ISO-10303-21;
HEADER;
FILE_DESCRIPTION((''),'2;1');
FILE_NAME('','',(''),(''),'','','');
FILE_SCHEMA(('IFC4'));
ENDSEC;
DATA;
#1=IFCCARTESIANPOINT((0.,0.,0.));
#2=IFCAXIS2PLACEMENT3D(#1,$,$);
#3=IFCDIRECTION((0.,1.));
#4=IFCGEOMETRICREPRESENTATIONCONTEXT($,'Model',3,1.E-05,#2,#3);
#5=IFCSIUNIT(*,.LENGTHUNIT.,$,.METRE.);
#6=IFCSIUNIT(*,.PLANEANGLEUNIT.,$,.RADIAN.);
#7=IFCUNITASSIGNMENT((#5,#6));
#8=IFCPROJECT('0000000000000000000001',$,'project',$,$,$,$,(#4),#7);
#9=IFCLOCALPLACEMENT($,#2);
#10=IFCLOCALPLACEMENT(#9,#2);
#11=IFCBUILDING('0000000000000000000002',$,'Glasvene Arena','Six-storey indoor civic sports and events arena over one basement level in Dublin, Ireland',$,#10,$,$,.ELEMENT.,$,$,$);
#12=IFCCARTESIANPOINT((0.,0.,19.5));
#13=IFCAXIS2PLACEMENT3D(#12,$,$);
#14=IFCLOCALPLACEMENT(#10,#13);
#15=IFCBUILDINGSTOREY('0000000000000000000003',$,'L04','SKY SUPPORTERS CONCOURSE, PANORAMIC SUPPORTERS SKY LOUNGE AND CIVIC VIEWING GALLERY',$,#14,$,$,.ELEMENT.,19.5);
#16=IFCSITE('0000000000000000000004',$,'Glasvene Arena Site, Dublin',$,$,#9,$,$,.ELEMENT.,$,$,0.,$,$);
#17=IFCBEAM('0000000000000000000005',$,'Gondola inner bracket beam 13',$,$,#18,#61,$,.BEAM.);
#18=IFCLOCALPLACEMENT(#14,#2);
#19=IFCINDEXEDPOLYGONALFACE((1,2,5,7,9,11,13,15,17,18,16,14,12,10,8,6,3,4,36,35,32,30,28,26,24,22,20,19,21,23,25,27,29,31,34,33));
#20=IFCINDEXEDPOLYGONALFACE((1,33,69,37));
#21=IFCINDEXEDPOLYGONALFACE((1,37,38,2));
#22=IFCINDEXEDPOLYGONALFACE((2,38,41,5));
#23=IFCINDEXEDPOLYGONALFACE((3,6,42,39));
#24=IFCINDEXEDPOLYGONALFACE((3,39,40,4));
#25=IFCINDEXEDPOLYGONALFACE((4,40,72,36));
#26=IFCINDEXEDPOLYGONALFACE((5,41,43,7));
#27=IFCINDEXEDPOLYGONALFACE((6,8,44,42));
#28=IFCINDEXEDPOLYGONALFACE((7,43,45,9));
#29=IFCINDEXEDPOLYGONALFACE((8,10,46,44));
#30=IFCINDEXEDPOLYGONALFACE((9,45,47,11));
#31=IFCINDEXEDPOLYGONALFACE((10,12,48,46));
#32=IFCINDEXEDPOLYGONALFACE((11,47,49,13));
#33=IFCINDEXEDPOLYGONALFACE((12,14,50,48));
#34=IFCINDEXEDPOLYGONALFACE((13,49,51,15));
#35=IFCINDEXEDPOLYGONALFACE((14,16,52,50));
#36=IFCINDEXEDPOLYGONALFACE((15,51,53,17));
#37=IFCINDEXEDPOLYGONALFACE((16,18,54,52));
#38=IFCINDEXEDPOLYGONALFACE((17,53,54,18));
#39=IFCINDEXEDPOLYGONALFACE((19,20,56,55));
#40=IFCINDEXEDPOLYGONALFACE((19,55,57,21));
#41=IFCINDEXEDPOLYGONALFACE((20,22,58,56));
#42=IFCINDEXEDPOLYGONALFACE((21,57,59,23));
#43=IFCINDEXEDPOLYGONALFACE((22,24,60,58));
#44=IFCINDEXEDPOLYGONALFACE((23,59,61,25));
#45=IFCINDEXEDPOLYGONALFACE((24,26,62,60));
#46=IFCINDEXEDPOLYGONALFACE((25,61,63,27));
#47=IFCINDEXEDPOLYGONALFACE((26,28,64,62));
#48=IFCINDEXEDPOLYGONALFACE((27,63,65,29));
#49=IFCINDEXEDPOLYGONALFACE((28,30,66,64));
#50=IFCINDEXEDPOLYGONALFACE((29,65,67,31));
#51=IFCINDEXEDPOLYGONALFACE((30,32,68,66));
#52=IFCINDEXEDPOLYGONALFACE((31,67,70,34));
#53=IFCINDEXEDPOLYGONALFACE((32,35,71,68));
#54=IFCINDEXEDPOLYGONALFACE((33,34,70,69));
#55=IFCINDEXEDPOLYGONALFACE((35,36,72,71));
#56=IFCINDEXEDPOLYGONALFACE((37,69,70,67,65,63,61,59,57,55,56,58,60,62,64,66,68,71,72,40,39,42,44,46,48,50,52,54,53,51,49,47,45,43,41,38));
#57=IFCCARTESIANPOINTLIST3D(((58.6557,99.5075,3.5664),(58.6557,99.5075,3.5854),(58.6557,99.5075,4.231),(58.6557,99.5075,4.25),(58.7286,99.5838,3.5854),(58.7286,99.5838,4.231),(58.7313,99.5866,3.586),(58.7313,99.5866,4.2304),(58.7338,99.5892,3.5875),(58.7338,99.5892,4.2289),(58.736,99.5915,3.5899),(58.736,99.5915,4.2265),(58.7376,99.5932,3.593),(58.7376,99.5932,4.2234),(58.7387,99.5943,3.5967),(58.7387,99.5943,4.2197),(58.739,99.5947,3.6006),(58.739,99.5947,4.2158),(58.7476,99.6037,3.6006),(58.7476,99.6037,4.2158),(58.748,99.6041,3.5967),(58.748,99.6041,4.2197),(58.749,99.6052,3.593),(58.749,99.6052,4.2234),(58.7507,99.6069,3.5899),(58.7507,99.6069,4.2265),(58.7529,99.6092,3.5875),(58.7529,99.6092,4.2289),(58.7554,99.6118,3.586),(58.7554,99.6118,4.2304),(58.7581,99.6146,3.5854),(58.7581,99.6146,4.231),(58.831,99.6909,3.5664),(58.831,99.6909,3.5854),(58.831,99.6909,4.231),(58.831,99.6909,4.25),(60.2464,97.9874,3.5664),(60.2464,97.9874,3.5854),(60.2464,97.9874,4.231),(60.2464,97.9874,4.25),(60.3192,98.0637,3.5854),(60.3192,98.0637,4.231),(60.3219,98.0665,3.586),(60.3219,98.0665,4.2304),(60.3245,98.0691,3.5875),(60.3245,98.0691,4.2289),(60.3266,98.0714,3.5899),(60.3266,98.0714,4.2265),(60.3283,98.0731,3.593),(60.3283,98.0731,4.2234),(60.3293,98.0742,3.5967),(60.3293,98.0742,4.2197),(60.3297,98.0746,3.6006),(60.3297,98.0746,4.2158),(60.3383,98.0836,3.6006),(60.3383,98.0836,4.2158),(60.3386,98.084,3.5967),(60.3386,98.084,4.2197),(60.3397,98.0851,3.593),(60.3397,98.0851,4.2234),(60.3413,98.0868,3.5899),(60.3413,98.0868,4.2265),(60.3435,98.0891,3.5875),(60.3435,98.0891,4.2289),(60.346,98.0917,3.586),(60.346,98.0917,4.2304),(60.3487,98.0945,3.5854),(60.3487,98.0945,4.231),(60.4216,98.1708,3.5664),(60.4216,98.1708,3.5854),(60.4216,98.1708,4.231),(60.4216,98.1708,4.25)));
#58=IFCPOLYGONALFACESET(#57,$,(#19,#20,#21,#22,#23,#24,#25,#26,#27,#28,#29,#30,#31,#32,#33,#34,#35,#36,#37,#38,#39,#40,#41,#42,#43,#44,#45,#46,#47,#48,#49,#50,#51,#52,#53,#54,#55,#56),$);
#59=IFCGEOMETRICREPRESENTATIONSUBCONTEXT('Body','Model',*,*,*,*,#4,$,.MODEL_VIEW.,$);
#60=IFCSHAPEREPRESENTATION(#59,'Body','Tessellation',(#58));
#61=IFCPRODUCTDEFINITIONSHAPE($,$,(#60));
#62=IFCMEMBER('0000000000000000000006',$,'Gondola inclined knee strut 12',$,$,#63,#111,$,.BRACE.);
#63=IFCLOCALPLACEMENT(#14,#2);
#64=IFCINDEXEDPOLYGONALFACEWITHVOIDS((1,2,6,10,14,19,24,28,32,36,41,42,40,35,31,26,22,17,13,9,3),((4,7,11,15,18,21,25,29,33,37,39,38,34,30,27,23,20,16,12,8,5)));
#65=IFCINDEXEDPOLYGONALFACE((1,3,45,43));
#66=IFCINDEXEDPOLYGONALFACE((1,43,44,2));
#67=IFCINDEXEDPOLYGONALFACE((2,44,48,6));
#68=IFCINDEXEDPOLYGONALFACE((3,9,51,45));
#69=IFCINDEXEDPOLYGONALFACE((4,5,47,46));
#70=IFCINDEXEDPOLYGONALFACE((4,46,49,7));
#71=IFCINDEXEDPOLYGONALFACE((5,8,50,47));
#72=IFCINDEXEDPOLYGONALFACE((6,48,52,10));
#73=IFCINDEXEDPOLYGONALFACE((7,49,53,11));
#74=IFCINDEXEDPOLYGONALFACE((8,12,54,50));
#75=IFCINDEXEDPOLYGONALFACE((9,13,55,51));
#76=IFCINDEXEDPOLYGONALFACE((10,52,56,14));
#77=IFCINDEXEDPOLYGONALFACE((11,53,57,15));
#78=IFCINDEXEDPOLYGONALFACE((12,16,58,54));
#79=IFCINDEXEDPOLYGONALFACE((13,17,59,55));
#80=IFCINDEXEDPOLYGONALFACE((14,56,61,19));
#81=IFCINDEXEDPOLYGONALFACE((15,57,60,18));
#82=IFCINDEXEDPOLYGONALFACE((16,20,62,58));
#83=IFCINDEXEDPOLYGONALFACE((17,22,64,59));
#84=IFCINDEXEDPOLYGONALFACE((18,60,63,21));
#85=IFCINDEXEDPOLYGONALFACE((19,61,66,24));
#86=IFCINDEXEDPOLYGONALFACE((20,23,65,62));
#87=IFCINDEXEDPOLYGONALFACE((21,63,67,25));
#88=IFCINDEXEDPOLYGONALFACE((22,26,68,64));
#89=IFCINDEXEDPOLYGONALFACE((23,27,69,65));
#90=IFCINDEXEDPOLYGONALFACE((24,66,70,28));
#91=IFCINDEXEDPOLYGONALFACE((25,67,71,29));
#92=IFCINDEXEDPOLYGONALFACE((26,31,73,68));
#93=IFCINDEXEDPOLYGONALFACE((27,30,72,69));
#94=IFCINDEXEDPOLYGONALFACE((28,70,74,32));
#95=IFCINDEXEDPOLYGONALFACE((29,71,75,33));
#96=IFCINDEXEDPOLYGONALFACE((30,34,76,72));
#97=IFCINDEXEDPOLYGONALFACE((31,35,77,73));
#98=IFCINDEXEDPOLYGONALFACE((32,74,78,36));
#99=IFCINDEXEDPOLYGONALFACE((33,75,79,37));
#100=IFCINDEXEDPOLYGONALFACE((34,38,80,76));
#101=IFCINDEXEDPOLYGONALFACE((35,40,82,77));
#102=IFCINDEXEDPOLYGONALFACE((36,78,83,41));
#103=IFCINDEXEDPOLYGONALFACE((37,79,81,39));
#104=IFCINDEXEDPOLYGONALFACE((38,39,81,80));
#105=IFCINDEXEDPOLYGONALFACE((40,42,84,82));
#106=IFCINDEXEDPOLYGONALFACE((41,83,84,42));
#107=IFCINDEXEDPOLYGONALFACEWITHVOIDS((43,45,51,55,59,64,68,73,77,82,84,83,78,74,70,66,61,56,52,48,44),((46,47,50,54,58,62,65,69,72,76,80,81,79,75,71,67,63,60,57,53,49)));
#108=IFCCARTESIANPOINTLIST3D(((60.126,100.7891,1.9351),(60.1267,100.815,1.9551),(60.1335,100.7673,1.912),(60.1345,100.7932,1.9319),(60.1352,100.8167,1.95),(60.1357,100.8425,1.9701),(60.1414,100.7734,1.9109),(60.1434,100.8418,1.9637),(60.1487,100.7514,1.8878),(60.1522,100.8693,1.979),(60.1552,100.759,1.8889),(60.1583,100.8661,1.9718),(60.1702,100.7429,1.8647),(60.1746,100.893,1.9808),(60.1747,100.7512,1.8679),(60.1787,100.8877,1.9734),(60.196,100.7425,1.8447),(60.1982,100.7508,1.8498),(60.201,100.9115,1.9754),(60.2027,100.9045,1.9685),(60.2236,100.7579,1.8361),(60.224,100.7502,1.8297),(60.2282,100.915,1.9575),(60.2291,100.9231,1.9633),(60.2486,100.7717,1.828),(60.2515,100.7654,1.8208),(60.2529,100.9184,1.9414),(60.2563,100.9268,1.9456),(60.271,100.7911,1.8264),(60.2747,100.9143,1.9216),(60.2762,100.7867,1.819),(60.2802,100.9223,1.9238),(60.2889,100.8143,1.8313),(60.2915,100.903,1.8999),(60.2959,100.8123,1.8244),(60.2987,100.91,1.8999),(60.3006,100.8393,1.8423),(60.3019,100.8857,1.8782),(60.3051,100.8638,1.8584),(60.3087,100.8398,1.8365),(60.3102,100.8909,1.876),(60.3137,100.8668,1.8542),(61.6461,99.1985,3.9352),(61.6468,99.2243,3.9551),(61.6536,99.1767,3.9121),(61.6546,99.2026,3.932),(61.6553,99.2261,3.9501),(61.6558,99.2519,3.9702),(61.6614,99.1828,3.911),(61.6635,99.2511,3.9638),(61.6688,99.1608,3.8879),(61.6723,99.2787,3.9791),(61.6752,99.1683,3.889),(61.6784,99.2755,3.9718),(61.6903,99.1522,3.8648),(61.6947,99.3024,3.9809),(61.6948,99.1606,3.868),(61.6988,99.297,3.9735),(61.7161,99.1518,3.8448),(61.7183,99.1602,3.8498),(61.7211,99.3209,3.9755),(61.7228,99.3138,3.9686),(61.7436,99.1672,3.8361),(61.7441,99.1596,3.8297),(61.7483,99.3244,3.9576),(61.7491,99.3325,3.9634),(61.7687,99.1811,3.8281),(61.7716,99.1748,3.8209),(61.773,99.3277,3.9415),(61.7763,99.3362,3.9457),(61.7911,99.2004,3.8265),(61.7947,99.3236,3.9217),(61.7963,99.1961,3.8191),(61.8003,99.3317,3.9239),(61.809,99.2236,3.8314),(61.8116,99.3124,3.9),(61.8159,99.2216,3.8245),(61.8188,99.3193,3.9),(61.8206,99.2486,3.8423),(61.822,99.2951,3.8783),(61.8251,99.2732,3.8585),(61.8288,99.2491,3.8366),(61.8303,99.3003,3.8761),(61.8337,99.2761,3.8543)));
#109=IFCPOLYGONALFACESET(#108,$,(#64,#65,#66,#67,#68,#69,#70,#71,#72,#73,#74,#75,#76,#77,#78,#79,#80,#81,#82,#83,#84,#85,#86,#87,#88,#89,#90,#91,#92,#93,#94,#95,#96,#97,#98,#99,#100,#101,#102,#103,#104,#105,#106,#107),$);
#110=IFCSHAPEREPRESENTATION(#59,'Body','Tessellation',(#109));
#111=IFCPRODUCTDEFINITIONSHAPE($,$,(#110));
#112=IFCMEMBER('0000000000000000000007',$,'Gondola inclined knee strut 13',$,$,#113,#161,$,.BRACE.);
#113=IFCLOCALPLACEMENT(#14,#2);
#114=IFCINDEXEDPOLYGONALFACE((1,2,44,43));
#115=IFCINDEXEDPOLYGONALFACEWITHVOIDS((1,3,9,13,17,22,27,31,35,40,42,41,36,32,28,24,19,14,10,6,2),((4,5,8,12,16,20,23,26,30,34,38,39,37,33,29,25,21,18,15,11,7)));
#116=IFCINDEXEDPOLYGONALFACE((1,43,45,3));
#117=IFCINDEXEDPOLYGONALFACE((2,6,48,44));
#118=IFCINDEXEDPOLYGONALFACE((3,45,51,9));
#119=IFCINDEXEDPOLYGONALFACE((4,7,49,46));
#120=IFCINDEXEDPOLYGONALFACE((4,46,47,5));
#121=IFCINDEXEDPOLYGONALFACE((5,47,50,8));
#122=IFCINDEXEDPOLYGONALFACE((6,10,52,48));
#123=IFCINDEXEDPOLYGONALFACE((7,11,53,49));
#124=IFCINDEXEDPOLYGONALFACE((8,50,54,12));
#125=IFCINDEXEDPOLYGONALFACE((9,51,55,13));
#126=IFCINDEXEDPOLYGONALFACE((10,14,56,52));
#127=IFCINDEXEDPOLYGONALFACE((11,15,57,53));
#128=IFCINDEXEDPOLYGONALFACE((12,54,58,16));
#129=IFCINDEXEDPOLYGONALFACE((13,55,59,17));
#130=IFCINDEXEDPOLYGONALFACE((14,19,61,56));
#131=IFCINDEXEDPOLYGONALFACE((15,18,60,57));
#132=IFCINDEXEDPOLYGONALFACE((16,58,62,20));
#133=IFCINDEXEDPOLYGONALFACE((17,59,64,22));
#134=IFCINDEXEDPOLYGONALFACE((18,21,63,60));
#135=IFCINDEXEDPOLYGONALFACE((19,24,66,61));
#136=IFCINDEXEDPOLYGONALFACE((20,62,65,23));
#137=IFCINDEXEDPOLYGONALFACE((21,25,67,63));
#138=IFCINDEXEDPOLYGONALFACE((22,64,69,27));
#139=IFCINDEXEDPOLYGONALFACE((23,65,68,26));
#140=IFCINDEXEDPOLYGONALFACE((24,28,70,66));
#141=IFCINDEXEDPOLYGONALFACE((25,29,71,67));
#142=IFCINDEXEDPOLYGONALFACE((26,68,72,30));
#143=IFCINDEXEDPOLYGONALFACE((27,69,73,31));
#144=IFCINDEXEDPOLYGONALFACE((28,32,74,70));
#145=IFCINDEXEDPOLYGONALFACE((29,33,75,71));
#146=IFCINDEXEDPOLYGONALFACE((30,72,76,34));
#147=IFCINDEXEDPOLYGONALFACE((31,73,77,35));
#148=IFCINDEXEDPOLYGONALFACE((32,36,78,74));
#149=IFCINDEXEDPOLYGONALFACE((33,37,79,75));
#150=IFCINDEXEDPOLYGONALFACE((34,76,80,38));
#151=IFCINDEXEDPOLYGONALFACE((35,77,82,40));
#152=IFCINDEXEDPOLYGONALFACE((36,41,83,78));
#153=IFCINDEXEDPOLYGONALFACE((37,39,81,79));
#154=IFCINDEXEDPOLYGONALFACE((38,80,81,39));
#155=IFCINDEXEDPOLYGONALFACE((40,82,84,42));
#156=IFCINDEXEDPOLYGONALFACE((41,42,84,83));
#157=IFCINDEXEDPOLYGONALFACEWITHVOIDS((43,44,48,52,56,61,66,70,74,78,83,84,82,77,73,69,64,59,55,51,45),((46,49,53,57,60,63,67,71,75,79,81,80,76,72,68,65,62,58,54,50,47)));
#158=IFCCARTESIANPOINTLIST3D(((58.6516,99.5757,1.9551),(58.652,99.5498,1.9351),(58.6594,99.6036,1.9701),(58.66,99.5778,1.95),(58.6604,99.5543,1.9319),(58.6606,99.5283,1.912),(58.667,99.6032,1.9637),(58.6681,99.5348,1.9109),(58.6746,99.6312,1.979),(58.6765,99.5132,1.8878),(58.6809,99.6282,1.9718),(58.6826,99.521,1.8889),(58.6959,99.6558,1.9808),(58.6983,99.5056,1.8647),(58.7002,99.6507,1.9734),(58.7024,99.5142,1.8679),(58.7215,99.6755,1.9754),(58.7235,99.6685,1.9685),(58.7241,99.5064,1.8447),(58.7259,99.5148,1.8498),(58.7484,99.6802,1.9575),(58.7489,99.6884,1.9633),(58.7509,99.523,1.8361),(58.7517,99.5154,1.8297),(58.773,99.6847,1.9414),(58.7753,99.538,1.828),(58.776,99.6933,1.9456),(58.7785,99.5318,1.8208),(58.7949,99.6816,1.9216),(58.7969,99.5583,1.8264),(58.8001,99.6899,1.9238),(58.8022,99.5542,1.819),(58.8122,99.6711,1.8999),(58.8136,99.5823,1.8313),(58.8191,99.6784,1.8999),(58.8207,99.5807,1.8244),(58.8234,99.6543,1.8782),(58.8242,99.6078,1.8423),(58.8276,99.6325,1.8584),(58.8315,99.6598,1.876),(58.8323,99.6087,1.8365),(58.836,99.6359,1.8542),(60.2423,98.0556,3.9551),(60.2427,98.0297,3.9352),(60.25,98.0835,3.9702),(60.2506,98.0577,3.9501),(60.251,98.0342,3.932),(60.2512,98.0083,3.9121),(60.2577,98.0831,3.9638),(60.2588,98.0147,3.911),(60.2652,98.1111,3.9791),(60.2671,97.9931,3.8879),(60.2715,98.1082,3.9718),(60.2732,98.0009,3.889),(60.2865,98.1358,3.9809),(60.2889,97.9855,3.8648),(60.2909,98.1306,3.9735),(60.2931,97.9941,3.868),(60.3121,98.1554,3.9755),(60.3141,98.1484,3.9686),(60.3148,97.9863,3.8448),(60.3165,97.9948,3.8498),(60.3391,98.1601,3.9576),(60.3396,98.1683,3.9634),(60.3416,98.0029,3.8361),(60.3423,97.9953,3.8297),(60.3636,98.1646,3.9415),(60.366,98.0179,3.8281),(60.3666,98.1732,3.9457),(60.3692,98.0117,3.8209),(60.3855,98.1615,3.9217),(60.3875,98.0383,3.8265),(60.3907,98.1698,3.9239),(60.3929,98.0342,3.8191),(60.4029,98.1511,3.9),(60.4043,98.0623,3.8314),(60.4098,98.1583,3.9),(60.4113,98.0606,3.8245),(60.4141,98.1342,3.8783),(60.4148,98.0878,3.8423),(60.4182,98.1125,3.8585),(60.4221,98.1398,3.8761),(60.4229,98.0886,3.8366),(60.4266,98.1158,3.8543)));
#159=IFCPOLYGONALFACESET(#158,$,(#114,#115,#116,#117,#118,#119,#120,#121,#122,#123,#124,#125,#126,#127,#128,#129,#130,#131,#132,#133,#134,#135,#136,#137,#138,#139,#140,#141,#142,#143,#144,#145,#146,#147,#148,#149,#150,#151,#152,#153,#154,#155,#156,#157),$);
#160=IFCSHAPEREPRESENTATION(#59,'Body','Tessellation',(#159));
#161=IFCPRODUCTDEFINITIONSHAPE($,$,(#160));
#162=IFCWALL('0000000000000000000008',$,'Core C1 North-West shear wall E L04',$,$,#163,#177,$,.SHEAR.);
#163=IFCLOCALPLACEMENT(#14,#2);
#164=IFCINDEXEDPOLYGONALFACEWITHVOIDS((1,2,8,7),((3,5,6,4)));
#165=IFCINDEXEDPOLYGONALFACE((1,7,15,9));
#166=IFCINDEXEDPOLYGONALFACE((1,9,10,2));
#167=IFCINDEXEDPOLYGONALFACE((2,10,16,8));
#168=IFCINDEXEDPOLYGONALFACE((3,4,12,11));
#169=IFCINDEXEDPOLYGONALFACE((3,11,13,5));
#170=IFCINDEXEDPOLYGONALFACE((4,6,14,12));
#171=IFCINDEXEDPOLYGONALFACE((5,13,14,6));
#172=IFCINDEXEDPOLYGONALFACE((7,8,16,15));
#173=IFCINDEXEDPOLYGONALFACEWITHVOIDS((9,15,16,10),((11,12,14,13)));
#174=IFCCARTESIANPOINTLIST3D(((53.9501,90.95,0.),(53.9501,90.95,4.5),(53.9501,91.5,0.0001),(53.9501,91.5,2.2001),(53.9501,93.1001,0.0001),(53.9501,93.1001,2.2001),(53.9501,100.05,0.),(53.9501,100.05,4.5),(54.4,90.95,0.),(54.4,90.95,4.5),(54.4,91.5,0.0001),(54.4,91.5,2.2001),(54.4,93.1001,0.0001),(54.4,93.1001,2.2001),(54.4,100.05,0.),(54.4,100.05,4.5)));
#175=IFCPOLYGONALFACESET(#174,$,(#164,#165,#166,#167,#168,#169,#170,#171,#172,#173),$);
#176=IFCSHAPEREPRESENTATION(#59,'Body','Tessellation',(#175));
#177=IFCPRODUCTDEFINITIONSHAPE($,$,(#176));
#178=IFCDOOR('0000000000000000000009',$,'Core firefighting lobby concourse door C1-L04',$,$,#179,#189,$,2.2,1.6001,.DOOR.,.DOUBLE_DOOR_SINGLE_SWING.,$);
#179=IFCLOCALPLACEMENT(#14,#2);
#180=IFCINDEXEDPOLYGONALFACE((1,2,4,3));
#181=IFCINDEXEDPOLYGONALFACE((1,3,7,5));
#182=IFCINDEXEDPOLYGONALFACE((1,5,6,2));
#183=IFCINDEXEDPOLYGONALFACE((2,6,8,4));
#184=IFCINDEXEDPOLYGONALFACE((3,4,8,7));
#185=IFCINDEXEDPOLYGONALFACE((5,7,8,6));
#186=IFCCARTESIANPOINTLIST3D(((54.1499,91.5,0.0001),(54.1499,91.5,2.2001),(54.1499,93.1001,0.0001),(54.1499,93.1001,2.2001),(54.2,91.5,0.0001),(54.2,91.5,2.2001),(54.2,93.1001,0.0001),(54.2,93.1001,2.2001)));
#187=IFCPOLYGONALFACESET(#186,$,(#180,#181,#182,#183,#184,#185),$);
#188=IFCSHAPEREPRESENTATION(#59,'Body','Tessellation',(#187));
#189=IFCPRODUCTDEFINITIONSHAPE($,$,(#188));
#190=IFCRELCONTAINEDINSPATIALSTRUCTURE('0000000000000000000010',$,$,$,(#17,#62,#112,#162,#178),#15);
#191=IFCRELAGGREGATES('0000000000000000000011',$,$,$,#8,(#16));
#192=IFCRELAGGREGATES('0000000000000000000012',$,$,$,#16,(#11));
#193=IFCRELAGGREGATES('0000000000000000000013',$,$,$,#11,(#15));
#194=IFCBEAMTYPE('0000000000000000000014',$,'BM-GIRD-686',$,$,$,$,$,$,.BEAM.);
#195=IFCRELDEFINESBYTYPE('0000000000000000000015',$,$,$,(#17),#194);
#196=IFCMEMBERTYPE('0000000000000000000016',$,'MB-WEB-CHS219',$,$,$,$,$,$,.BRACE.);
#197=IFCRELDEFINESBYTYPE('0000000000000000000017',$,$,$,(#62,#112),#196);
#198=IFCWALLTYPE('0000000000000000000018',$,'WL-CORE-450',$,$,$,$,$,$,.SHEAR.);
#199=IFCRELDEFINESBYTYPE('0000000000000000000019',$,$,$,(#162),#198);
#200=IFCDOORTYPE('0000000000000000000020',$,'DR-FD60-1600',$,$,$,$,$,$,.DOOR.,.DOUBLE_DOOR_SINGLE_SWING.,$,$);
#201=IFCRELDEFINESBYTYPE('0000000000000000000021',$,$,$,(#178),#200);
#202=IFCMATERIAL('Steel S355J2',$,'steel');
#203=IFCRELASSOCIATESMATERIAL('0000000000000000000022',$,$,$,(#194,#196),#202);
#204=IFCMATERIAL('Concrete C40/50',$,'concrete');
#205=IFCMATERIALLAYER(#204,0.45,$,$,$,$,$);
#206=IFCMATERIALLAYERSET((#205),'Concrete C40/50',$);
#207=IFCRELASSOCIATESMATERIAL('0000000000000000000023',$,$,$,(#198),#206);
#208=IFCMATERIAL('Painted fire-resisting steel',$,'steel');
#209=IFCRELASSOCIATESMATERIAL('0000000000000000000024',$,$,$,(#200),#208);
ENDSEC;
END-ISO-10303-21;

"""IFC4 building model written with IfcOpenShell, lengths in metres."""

from ifc_helpers import new_model, si_unit, direction, frame, frame_2d, origin, origin_2d, place, context, subcontext, project, spatial, rectangle, hollow_circle, i_section, extrude, material, layer, layer_set, material_profile, profile_set, type_object, element, fill, save


model = new_model("IFC4")

# Units and contexts
model_context = context("Model", 3, precision=1e-05, world=origin(), true_north=direction((0.0, 1.0)))
body_context = subcontext(model_context, "Body", "Model", "MODEL_VIEW")
ifc_project = project(units=[si_unit("LENGTHUNIT", "METRE"), si_unit("PLANEANGLEUNIT", "RADIAN")], contexts=[model_context])

# Site, building, storey
site_placement = place(None, origin())
site = spatial("IfcSite", under=ifc_project, at=site_placement, Name="Glasvene Arena Site, Dublin", CompositionType="ELEMENT", RefElevation=0.0)
building_placement = place(site_placement, origin())
building = spatial("IfcBuilding", under=site, at=building_placement, Name="Glasvene Arena", Description="Six-storey indoor civic sports and events arena over one basement level in Dublin, Ireland", CompositionType="ELEMENT")
storey_placement = place(building_placement, frame((0.0, 0.0, 19.5)))
storey = spatial("IfcBuildingStorey", under=building, at=storey_placement, Name="L04", Description="SKY SUPPORTERS CONCOURSE, PANORAMIC SUPPORTERS SKY LOUNGE AND CIVIC VIEWING GALLERY", CompositionType="ELEMENT", Elevation=19.5)

# Shared definitions
ifc_material_1 = material(Name="Steel S355J2", Category="steel")

# Beam
ifc_material_profile_1 = material_profile(ifc_material_1, i_section(OverallWidth=0.2537, OverallDepth=0.6836, WebThickness=0.0125, FlangeThickness=0.019, FilletRadius=0.0151, at=origin_2d()), Name="UKB 686x254x140")
ifc_profile_set_1 = profile_set([ifc_material_profile_1], Name="Steel S355J2")
beam_type_1 = type_object("IfcBeamType", Name="BM-GIRD-686", PredefinedType="BEAM", material=ifc_profile_set_1)
beam_1_placement = place(storey_placement, frame((60.334, 98.0791, 3.9082), z_axis=(-0.72296, 0.69089, 0.0), x_axis=(-0.69089, -0.72296, 0.0)))
element("IfcBeam", 1, at=beam_1_placement, inside=storey, type_object=beam_type_1, Name="Gondola inner bracket beam 13", PredefinedType="BEAM", context=body_context, shape_type="SweptSolid", body=[
    extrude(i_section(OverallWidth=0.2537, OverallDepth=0.6836, WebThickness=0.0125, FlangeThickness=0.019, FilletRadius=0.0151, at=origin_2d()), origin(), (0.0, 0.0, 1.0), 2.2002),
])

# Members
ifc_material_profile_2 = material_profile(ifc_material_1, hollow_circle(Radius=0.1096, WallThickness=0.01, at=origin_2d()), Name="CHS 219.1x10.0")
ifc_profile_set_2 = profile_set([ifc_material_profile_2], Name="Steel S355J2")
member_type = type_object("IfcMemberType", Name="MB-WEB-CHS219", PredefinedType="BRACE", material=ifc_profile_set_2)
for number, where, z_axis, x_axis, name in (
    (2, (60.2195, 100.8342, 1.8999), (0.511227, -0.534957, 0.672658), (0.72296, 0.69089, 0.0), "Gondola inclined knee strut 12"),
    (3, (58.7434, 99.5991, 1.8999), (0.534957, -0.511227, 0.672658), (0.69089, 0.72296, 0.0), "Gondola inclined knee strut 13"),
):
    element("IfcMember", number, at=place(storey_placement, frame(where, z_axis=z_axis, x_axis=x_axis)), inside=storey, type_object=member_type, Name=name, PredefinedType="BRACE", context=body_context, shape_type="SweptSolid", body=[
        extrude(hollow_circle(Radius=0.1096, WallThickness=0.01, at=origin_2d()), origin(), (0.0, 0.0, 1.0), 2.9734),
    ])

# Wall, opening, door
ifc_material_2 = material(Name="Concrete C40/50", Category="concrete")
ifc_layer_1 = layer(ifc_material_2, 0.45)
ifc_layer_set_1 = layer_set([ifc_layer_1], Name="Concrete C40/50")
wall_type_1 = type_object("IfcWallType", Name="WL-CORE-450", PredefinedType="SHEAR", material=ifc_layer_set_1)
wall_1_placement = place(storey_placement, frame((54.175, 90.95, 0.0), z_axis=(0.0, 0.0, 1.0), x_axis=(0.0, 1.0, 0.0)))
wall_1 = element("IfcWall", 4, at=wall_1_placement, inside=storey, type_object=wall_type_1, Name="Core C1 North-West shear wall E L04", PredefinedType="SHEAR", context=body_context, shape_type="SweptSolid", body=[
    extrude(rectangle(XDim=9.1001, YDim=0.45, at=frame_2d((4.55, 0.0))), origin(), (0.0, 0.0, 1.0), 4.5),
])
opening_1_placement = place(wall_1_placement, frame((0.55, 0.0, 0.0)))
opening_1 = element("IfcOpeningElement", 5, at=opening_1_placement, cuts=wall_1, PredefinedType="OPENING", context=body_context, shape_type="SweptSolid", body=[
    extrude(rectangle(XDim=1.6001, YDim=2.2, at=frame_2d((0.8, 1.1001))), frame((0.0, 0.2349, 0.0), z_axis=(0.0, -1.0, 0.0), x_axis=(1.0, 0.0, 0.0)), (0.0, 0.0, 1.0), 0.47),
])
ifc_material_3 = material(Name="Painted fire-resisting steel", Category="steel")
door_type_1 = type_object("IfcDoorType", Name="DR-FD60-1600", OperationType="DOUBLE_DOOR_SINGLE_SWING", PredefinedType="DOOR", material=ifc_material_3)
door_1_placement = place(opening_1_placement, frame((1.6001, 0.0, 0.0), z_axis=(0.0, 0.0, 1.0), x_axis=(-1.0, 0.0, 0.0)))
door_1 = element("IfcDoor", 6, at=door_1_placement, inside=storey, type_object=door_type_1, Name="Core firefighting lobby concourse door C1-L04", OperationType="DOUBLE_DOOR_SINGLE_SWING", OverallHeight=2.2, OverallWidth=1.6001, PredefinedType="DOOR", context=body_context, shape_type="SweptSolid", body=[
    extrude(rectangle(XDim=1.6001, YDim=2.2, at=frame_2d((0.8, 1.1001))), frame((0.0, 0.0249, 0.0), z_axis=(0.0, -1.0, 0.0), x_axis=(1.0, 0.0, 0.0)), (0.0, 0.0, 1.0), 0.05),
])
fill(opening_1, door_1)

save(model, "model.ifc")
